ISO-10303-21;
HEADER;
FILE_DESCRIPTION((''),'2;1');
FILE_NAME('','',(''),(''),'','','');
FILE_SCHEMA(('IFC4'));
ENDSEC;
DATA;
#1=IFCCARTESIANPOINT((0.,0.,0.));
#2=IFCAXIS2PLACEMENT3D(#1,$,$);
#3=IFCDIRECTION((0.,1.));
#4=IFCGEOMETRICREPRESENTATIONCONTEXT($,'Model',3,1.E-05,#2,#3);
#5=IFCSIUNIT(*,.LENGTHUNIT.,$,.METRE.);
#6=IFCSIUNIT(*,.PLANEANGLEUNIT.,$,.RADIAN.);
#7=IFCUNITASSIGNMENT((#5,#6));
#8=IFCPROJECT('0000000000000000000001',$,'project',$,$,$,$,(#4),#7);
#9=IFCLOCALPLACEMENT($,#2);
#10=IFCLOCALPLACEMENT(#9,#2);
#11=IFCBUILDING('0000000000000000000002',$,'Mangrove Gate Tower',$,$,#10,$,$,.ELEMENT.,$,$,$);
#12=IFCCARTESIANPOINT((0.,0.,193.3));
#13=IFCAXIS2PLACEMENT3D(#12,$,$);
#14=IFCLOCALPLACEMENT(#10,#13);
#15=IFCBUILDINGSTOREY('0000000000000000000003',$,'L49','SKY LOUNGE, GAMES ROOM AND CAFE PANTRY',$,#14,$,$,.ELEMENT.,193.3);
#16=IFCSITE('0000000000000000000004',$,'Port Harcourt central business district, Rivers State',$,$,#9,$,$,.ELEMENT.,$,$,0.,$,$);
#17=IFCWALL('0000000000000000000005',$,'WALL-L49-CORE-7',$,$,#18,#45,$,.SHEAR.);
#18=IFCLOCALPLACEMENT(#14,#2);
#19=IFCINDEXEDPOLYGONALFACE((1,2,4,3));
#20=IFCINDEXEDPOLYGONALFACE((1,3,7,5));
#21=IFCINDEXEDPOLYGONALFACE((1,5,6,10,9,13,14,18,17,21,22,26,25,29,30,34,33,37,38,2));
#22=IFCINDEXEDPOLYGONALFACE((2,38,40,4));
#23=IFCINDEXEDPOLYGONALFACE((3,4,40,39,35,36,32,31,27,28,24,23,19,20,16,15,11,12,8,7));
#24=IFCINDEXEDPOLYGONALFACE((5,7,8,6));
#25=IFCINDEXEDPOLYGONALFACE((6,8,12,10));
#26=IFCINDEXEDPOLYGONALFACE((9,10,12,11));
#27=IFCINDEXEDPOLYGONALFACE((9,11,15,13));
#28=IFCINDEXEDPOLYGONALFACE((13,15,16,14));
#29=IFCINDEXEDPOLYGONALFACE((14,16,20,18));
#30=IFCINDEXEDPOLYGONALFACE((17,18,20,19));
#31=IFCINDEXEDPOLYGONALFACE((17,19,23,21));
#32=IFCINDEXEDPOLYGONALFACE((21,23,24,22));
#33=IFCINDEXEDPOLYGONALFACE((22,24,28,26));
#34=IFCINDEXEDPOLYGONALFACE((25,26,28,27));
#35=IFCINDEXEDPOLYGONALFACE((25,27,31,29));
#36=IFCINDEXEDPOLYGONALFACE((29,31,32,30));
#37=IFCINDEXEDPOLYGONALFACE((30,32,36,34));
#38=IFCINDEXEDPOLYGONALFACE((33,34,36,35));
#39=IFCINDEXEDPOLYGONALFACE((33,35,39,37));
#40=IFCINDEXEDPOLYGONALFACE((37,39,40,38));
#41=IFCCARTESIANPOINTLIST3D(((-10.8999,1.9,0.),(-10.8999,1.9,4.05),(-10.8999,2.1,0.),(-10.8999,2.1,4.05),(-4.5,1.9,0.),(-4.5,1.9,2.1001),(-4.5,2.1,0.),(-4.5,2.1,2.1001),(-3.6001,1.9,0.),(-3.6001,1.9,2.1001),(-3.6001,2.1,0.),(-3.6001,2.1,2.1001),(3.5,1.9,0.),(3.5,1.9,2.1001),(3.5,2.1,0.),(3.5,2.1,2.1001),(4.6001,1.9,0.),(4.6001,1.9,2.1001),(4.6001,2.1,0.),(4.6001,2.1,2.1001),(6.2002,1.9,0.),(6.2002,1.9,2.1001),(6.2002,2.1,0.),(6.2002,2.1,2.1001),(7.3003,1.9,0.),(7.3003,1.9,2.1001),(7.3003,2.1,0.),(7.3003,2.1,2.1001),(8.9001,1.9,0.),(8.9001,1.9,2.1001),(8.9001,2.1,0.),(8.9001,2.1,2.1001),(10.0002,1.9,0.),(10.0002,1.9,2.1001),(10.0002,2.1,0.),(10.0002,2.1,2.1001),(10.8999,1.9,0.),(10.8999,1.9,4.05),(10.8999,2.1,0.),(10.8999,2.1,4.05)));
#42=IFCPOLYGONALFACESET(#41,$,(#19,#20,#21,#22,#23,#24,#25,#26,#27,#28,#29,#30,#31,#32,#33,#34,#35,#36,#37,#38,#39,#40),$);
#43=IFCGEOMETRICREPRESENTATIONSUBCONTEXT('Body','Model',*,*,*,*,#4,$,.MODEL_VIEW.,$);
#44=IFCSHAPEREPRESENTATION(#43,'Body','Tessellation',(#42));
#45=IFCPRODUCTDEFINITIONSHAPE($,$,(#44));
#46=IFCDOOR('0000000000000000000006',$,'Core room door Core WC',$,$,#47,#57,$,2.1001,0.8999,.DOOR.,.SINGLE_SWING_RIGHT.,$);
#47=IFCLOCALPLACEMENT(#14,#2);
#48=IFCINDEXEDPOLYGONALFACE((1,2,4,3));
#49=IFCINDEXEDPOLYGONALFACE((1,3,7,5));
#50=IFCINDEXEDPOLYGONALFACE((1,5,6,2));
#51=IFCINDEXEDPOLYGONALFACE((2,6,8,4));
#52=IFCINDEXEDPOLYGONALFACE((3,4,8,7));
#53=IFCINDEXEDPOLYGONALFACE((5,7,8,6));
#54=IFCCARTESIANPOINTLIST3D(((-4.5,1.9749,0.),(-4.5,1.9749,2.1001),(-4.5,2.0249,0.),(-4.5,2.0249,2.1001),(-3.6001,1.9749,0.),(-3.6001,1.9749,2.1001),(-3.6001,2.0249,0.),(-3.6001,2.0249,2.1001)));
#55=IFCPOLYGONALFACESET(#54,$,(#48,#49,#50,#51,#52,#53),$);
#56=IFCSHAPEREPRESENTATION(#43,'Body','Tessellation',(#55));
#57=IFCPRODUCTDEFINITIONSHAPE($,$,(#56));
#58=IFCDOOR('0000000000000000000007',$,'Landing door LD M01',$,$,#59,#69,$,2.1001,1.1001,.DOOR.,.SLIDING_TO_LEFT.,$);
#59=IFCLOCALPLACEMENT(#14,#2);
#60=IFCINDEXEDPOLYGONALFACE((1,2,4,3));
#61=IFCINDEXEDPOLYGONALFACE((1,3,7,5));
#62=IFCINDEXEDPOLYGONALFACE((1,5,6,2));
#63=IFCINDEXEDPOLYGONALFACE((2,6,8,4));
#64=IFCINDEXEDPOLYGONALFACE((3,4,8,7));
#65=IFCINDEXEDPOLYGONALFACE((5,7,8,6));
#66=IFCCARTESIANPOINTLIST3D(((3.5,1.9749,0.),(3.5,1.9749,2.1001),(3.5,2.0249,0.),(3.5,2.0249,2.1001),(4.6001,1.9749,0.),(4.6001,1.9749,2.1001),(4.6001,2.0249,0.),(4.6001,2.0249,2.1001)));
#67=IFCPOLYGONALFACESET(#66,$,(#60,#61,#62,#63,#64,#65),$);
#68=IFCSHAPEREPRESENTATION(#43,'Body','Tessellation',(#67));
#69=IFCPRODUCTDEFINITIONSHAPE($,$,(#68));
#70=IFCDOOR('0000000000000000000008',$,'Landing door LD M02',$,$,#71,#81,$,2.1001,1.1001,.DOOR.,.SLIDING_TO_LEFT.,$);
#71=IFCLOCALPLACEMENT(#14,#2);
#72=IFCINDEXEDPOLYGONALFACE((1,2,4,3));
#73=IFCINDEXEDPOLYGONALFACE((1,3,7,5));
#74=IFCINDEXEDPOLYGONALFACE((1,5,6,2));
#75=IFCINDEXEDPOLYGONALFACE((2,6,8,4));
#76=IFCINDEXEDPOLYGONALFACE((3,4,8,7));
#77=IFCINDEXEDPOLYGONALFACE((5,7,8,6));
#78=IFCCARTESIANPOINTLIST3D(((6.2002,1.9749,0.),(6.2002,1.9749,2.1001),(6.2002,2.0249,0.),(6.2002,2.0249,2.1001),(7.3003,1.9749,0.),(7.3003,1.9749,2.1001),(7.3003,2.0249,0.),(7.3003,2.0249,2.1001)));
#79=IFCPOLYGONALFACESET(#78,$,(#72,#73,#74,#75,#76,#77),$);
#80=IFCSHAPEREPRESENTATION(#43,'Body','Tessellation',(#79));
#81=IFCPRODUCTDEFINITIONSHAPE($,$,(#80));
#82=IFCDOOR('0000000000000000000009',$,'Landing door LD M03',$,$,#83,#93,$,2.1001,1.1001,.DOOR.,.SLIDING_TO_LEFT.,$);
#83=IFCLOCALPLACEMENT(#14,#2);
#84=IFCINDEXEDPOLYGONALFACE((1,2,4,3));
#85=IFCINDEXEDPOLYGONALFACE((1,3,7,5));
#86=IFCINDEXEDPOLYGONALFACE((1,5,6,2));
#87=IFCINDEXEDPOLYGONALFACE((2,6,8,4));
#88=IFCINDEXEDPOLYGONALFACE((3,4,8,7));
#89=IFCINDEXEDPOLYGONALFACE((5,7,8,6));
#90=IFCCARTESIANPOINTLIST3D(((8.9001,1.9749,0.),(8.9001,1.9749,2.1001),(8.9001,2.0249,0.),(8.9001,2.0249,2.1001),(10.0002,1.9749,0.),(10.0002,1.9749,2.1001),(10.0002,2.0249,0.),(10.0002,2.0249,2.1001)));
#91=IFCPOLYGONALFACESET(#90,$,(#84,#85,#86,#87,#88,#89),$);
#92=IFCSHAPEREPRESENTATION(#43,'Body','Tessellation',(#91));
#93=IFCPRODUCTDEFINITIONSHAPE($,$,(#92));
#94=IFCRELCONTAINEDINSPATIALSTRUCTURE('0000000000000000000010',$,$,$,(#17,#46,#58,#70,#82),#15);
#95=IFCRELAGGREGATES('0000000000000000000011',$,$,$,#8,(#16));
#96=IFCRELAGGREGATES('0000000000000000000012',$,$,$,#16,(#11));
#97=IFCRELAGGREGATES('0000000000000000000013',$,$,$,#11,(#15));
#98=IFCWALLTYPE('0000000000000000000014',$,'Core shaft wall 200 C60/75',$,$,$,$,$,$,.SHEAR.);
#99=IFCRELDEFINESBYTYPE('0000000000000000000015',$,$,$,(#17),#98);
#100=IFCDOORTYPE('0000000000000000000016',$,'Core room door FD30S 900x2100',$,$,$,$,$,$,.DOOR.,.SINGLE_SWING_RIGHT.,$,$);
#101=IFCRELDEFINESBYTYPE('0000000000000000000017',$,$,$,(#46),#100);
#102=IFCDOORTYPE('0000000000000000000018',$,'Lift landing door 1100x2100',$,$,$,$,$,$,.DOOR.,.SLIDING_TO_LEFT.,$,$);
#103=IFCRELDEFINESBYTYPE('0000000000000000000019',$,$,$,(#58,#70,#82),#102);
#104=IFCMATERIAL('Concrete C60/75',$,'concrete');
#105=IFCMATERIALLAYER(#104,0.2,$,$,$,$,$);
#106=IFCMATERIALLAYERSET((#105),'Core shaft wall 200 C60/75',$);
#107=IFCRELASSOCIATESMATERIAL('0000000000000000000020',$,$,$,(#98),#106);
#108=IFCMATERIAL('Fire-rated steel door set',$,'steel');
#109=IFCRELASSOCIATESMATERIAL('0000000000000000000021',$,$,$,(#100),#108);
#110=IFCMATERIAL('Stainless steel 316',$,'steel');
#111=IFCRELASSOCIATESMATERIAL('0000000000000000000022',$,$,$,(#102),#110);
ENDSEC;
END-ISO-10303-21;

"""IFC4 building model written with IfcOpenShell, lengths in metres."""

from ifc_helpers import new_model, si_unit, direction, frame, frame_2d, origin, place, context, subcontext, project, spatial, rectangle, extrude, material, layer, layer_set, type_object, element, fill, save


model = new_model("IFC4")

# Units and contexts
model_context = context("Model", 3, precision=1e-05, world=origin(), true_north=direction((0.0, 1.0)))
body_context = subcontext(model_context, "Body", "Model", "MODEL_VIEW")
ifc_project = project(units=[si_unit("LENGTHUNIT", "METRE"), si_unit("PLANEANGLEUNIT", "RADIAN")], contexts=[model_context])

# Site, building, storey
site_placement = place(None, origin())
site = spatial("IfcSite", under=ifc_project, at=site_placement, Name="Port Harcourt central business district, Rivers State", CompositionType="ELEMENT", RefElevation=0.0)
building_placement = place(site_placement, origin())
building = spatial("IfcBuilding", under=site, at=building_placement, Name="Mangrove Gate Tower", CompositionType="ELEMENT")
storey_placement = place(building_placement, frame((0.0, 0.0, 193.3)))
storey = spatial("IfcBuildingStorey", under=building, at=storey_placement, Name="L49", Description="SKY LOUNGE, GAMES ROOM AND CAFE PANTRY", CompositionType="ELEMENT", Elevation=193.3)

# Shared definitions
ifc_material_1 = material(Name="Concrete C60/75", Category="concrete")
ifc_layer_1 = layer(ifc_material_1, 0.2)
ifc_layer_set_1 = layer_set([ifc_layer_1], Name="Core shaft wall 200 C60/75")
wall_type_1 = type_object("IfcWallType", Name="Core shaft wall 200 C60/75", PredefinedType="SHEAR", material=ifc_layer_set_1)

# Wall, openings, doors
wall_1_placement = place(storey_placement, frame((-10.8999, 2.0, 0.0), z_axis=(0.0, 0.0, 1.0), x_axis=(1.0, 0.0, 0.0)))
wall_1 = element("IfcWall", 1, at=wall_1_placement, inside=storey, type_object=wall_type_1, Name="WALL-L49-CORE-7", PredefinedType="SHEAR", context=body_context, shape_type="SweptSolid", body=[
    extrude(rectangle(XDim=21.7998, YDim=0.2, at=frame_2d((10.8999, 0.0))), origin(), (0.0, 0.0, 1.0), 4.05),
])
opening_1_placement = place(wall_1_placement, frame((14.3999, 0.0, 0.0)))
opening_1 = element("IfcOpeningElement", 2, at=opening_1_placement, cuts=wall_1, PredefinedType="OPENING", context=body_context, shape_type="SweptSolid", body=[
    extrude(rectangle(XDim=1.1001, YDim=2.1001, at=frame_2d((0.55, 1.05))), frame((0.0, 0.1099, 0.0), z_axis=(0.0, -1.0, 0.0), x_axis=(1.0, 0.0, 0.0)), (0.0, 0.0, 1.0), 0.22),
])
opening_2_placement = place(wall_1_placement, frame((17.1001, 0.0, 0.0)))
opening_2 = element("IfcOpeningElement", 3, at=opening_2_placement, cuts=wall_1, PredefinedType="OPENING", context=body_context, shape_type="SweptSolid", body=[
    extrude(rectangle(XDim=1.1001, YDim=2.1001, at=frame_2d((0.55, 1.05))), frame((0.0, 0.1099, 0.0), z_axis=(0.0, -1.0, 0.0), x_axis=(1.0, 0.0, 0.0)), (0.0, 0.0, 1.0), 0.22),
])
opening_3_placement = place(wall_1_placement, frame((19.8, 0.0, 0.0)))
opening_3 = element("IfcOpeningElement", 4, at=opening_3_placement, cuts=wall_1, PredefinedType="OPENING", context=body_context, shape_type="SweptSolid", body=[
    extrude(rectangle(XDim=1.1001, YDim=2.1001, at=frame_2d((0.55, 1.05))), frame((0.0, 0.1099, 0.0), z_axis=(0.0, -1.0, 0.0), x_axis=(1.0, 0.0, 0.0)), (0.0, 0.0, 1.0), 0.22),
])
opening_4_placement = place(wall_1_placement, frame((6.3999, 0.0, 0.0)))
opening_4 = element("IfcOpeningElement", 5, at=opening_4_placement, cuts=wall_1, PredefinedType="OPENING", context=body_context, shape_type="SweptSolid", body=[
    extrude(rectangle(XDim=0.8999, YDim=2.1001, at=frame_2d((0.45, 1.05))), frame((0.0, 0.1099, 0.0), z_axis=(0.0, -1.0, 0.0), x_axis=(1.0, 0.0, 0.0)), (0.0, 0.0, 1.0), 0.22),
])
ifc_material_2 = material(Name="Fire-rated steel door set", Category="steel")
door_type_1 = type_object("IfcDoorType", Name="Core room door FD30S 900x2100", OperationType="SINGLE_SWING_RIGHT", PredefinedType="DOOR", material=ifc_material_2)
door_1_placement = place(opening_4_placement, origin())
door_1 = element("IfcDoor", 6, at=door_1_placement, inside=storey, type_object=door_type_1, Name="Core room door Core WC", OperationType="SINGLE_SWING_RIGHT", OverallHeight=2.1001, OverallWidth=0.8999, PredefinedType="DOOR", context=body_context, shape_type="SweptSolid", body=[
    extrude(rectangle(XDim=0.8999, YDim=2.1001, at=frame_2d((0.45, 1.05))), frame((0.0, 0.0249, 0.0), z_axis=(0.0, -1.0, 0.0), x_axis=(1.0, 0.0, 0.0)), (0.0, 0.0, 1.0), 0.05),
])
fill(opening_4, door_1)
ifc_material_3 = material(Name="Stainless steel 316", Category="steel")
door_type_2 = type_object("IfcDoorType", Name="Lift landing door 1100x2100", OperationType="SLIDING_TO_LEFT", PredefinedType="DOOR", material=ifc_material_3)
door_2_placement = place(opening_1_placement, origin())
door_2 = element("IfcDoor", 7, at=door_2_placement, inside=storey, type_object=door_type_2, Name="Landing door LD M01", OperationType="SLIDING_TO_LEFT", OverallHeight=2.1001, OverallWidth=1.1001, PredefinedType="DOOR", context=body_context, shape_type="SweptSolid", body=[
    extrude(rectangle(XDim=1.1001, YDim=2.1001, at=frame_2d((0.55, 1.05))), frame((0.0, 0.0249, 0.0), z_axis=(0.0, -1.0, 0.0), x_axis=(1.0, 0.0, 0.0)), (0.0, 0.0, 1.0), 0.05),
])
fill(opening_1, door_2)
door_3_placement = place(opening_2_placement, origin())
door_3 = element("IfcDoor", 8, at=door_3_placement, inside=storey, type_object=door_type_2, Name="Landing door LD M02", OperationType="SLIDING_TO_LEFT", OverallHeight=2.1001, OverallWidth=1.1001, PredefinedType="DOOR", context=body_context, shape_type="SweptSolid", body=[
    extrude(rectangle(XDim=1.1001, YDim=2.1001, at=frame_2d((0.55, 1.05))), frame((0.0, 0.0249, 0.0), z_axis=(0.0, -1.0, 0.0), x_axis=(1.0, 0.0, 0.0)), (0.0, 0.0, 1.0), 0.05),
])
fill(opening_2, door_3)
door_4_placement = place(opening_3_placement, origin())
door_4 = element("IfcDoor", 9, at=door_4_placement, inside=storey, type_object=door_type_2, Name="Landing door LD M03", OperationType="SLIDING_TO_LEFT", OverallHeight=2.1001, OverallWidth=1.1001, PredefinedType="DOOR", context=body_context, shape_type="SweptSolid", body=[
    extrude(rectangle(XDim=1.1001, YDim=2.1001, at=frame_2d((0.55, 1.05))), frame((0.0, 0.0249, 0.0), z_axis=(0.0, -1.0, 0.0), x_axis=(1.0, 0.0, 0.0)), (0.0, 0.0, 1.0), 0.05),
])
fill(opening_3, door_4)

save(model, "model.ifc")
